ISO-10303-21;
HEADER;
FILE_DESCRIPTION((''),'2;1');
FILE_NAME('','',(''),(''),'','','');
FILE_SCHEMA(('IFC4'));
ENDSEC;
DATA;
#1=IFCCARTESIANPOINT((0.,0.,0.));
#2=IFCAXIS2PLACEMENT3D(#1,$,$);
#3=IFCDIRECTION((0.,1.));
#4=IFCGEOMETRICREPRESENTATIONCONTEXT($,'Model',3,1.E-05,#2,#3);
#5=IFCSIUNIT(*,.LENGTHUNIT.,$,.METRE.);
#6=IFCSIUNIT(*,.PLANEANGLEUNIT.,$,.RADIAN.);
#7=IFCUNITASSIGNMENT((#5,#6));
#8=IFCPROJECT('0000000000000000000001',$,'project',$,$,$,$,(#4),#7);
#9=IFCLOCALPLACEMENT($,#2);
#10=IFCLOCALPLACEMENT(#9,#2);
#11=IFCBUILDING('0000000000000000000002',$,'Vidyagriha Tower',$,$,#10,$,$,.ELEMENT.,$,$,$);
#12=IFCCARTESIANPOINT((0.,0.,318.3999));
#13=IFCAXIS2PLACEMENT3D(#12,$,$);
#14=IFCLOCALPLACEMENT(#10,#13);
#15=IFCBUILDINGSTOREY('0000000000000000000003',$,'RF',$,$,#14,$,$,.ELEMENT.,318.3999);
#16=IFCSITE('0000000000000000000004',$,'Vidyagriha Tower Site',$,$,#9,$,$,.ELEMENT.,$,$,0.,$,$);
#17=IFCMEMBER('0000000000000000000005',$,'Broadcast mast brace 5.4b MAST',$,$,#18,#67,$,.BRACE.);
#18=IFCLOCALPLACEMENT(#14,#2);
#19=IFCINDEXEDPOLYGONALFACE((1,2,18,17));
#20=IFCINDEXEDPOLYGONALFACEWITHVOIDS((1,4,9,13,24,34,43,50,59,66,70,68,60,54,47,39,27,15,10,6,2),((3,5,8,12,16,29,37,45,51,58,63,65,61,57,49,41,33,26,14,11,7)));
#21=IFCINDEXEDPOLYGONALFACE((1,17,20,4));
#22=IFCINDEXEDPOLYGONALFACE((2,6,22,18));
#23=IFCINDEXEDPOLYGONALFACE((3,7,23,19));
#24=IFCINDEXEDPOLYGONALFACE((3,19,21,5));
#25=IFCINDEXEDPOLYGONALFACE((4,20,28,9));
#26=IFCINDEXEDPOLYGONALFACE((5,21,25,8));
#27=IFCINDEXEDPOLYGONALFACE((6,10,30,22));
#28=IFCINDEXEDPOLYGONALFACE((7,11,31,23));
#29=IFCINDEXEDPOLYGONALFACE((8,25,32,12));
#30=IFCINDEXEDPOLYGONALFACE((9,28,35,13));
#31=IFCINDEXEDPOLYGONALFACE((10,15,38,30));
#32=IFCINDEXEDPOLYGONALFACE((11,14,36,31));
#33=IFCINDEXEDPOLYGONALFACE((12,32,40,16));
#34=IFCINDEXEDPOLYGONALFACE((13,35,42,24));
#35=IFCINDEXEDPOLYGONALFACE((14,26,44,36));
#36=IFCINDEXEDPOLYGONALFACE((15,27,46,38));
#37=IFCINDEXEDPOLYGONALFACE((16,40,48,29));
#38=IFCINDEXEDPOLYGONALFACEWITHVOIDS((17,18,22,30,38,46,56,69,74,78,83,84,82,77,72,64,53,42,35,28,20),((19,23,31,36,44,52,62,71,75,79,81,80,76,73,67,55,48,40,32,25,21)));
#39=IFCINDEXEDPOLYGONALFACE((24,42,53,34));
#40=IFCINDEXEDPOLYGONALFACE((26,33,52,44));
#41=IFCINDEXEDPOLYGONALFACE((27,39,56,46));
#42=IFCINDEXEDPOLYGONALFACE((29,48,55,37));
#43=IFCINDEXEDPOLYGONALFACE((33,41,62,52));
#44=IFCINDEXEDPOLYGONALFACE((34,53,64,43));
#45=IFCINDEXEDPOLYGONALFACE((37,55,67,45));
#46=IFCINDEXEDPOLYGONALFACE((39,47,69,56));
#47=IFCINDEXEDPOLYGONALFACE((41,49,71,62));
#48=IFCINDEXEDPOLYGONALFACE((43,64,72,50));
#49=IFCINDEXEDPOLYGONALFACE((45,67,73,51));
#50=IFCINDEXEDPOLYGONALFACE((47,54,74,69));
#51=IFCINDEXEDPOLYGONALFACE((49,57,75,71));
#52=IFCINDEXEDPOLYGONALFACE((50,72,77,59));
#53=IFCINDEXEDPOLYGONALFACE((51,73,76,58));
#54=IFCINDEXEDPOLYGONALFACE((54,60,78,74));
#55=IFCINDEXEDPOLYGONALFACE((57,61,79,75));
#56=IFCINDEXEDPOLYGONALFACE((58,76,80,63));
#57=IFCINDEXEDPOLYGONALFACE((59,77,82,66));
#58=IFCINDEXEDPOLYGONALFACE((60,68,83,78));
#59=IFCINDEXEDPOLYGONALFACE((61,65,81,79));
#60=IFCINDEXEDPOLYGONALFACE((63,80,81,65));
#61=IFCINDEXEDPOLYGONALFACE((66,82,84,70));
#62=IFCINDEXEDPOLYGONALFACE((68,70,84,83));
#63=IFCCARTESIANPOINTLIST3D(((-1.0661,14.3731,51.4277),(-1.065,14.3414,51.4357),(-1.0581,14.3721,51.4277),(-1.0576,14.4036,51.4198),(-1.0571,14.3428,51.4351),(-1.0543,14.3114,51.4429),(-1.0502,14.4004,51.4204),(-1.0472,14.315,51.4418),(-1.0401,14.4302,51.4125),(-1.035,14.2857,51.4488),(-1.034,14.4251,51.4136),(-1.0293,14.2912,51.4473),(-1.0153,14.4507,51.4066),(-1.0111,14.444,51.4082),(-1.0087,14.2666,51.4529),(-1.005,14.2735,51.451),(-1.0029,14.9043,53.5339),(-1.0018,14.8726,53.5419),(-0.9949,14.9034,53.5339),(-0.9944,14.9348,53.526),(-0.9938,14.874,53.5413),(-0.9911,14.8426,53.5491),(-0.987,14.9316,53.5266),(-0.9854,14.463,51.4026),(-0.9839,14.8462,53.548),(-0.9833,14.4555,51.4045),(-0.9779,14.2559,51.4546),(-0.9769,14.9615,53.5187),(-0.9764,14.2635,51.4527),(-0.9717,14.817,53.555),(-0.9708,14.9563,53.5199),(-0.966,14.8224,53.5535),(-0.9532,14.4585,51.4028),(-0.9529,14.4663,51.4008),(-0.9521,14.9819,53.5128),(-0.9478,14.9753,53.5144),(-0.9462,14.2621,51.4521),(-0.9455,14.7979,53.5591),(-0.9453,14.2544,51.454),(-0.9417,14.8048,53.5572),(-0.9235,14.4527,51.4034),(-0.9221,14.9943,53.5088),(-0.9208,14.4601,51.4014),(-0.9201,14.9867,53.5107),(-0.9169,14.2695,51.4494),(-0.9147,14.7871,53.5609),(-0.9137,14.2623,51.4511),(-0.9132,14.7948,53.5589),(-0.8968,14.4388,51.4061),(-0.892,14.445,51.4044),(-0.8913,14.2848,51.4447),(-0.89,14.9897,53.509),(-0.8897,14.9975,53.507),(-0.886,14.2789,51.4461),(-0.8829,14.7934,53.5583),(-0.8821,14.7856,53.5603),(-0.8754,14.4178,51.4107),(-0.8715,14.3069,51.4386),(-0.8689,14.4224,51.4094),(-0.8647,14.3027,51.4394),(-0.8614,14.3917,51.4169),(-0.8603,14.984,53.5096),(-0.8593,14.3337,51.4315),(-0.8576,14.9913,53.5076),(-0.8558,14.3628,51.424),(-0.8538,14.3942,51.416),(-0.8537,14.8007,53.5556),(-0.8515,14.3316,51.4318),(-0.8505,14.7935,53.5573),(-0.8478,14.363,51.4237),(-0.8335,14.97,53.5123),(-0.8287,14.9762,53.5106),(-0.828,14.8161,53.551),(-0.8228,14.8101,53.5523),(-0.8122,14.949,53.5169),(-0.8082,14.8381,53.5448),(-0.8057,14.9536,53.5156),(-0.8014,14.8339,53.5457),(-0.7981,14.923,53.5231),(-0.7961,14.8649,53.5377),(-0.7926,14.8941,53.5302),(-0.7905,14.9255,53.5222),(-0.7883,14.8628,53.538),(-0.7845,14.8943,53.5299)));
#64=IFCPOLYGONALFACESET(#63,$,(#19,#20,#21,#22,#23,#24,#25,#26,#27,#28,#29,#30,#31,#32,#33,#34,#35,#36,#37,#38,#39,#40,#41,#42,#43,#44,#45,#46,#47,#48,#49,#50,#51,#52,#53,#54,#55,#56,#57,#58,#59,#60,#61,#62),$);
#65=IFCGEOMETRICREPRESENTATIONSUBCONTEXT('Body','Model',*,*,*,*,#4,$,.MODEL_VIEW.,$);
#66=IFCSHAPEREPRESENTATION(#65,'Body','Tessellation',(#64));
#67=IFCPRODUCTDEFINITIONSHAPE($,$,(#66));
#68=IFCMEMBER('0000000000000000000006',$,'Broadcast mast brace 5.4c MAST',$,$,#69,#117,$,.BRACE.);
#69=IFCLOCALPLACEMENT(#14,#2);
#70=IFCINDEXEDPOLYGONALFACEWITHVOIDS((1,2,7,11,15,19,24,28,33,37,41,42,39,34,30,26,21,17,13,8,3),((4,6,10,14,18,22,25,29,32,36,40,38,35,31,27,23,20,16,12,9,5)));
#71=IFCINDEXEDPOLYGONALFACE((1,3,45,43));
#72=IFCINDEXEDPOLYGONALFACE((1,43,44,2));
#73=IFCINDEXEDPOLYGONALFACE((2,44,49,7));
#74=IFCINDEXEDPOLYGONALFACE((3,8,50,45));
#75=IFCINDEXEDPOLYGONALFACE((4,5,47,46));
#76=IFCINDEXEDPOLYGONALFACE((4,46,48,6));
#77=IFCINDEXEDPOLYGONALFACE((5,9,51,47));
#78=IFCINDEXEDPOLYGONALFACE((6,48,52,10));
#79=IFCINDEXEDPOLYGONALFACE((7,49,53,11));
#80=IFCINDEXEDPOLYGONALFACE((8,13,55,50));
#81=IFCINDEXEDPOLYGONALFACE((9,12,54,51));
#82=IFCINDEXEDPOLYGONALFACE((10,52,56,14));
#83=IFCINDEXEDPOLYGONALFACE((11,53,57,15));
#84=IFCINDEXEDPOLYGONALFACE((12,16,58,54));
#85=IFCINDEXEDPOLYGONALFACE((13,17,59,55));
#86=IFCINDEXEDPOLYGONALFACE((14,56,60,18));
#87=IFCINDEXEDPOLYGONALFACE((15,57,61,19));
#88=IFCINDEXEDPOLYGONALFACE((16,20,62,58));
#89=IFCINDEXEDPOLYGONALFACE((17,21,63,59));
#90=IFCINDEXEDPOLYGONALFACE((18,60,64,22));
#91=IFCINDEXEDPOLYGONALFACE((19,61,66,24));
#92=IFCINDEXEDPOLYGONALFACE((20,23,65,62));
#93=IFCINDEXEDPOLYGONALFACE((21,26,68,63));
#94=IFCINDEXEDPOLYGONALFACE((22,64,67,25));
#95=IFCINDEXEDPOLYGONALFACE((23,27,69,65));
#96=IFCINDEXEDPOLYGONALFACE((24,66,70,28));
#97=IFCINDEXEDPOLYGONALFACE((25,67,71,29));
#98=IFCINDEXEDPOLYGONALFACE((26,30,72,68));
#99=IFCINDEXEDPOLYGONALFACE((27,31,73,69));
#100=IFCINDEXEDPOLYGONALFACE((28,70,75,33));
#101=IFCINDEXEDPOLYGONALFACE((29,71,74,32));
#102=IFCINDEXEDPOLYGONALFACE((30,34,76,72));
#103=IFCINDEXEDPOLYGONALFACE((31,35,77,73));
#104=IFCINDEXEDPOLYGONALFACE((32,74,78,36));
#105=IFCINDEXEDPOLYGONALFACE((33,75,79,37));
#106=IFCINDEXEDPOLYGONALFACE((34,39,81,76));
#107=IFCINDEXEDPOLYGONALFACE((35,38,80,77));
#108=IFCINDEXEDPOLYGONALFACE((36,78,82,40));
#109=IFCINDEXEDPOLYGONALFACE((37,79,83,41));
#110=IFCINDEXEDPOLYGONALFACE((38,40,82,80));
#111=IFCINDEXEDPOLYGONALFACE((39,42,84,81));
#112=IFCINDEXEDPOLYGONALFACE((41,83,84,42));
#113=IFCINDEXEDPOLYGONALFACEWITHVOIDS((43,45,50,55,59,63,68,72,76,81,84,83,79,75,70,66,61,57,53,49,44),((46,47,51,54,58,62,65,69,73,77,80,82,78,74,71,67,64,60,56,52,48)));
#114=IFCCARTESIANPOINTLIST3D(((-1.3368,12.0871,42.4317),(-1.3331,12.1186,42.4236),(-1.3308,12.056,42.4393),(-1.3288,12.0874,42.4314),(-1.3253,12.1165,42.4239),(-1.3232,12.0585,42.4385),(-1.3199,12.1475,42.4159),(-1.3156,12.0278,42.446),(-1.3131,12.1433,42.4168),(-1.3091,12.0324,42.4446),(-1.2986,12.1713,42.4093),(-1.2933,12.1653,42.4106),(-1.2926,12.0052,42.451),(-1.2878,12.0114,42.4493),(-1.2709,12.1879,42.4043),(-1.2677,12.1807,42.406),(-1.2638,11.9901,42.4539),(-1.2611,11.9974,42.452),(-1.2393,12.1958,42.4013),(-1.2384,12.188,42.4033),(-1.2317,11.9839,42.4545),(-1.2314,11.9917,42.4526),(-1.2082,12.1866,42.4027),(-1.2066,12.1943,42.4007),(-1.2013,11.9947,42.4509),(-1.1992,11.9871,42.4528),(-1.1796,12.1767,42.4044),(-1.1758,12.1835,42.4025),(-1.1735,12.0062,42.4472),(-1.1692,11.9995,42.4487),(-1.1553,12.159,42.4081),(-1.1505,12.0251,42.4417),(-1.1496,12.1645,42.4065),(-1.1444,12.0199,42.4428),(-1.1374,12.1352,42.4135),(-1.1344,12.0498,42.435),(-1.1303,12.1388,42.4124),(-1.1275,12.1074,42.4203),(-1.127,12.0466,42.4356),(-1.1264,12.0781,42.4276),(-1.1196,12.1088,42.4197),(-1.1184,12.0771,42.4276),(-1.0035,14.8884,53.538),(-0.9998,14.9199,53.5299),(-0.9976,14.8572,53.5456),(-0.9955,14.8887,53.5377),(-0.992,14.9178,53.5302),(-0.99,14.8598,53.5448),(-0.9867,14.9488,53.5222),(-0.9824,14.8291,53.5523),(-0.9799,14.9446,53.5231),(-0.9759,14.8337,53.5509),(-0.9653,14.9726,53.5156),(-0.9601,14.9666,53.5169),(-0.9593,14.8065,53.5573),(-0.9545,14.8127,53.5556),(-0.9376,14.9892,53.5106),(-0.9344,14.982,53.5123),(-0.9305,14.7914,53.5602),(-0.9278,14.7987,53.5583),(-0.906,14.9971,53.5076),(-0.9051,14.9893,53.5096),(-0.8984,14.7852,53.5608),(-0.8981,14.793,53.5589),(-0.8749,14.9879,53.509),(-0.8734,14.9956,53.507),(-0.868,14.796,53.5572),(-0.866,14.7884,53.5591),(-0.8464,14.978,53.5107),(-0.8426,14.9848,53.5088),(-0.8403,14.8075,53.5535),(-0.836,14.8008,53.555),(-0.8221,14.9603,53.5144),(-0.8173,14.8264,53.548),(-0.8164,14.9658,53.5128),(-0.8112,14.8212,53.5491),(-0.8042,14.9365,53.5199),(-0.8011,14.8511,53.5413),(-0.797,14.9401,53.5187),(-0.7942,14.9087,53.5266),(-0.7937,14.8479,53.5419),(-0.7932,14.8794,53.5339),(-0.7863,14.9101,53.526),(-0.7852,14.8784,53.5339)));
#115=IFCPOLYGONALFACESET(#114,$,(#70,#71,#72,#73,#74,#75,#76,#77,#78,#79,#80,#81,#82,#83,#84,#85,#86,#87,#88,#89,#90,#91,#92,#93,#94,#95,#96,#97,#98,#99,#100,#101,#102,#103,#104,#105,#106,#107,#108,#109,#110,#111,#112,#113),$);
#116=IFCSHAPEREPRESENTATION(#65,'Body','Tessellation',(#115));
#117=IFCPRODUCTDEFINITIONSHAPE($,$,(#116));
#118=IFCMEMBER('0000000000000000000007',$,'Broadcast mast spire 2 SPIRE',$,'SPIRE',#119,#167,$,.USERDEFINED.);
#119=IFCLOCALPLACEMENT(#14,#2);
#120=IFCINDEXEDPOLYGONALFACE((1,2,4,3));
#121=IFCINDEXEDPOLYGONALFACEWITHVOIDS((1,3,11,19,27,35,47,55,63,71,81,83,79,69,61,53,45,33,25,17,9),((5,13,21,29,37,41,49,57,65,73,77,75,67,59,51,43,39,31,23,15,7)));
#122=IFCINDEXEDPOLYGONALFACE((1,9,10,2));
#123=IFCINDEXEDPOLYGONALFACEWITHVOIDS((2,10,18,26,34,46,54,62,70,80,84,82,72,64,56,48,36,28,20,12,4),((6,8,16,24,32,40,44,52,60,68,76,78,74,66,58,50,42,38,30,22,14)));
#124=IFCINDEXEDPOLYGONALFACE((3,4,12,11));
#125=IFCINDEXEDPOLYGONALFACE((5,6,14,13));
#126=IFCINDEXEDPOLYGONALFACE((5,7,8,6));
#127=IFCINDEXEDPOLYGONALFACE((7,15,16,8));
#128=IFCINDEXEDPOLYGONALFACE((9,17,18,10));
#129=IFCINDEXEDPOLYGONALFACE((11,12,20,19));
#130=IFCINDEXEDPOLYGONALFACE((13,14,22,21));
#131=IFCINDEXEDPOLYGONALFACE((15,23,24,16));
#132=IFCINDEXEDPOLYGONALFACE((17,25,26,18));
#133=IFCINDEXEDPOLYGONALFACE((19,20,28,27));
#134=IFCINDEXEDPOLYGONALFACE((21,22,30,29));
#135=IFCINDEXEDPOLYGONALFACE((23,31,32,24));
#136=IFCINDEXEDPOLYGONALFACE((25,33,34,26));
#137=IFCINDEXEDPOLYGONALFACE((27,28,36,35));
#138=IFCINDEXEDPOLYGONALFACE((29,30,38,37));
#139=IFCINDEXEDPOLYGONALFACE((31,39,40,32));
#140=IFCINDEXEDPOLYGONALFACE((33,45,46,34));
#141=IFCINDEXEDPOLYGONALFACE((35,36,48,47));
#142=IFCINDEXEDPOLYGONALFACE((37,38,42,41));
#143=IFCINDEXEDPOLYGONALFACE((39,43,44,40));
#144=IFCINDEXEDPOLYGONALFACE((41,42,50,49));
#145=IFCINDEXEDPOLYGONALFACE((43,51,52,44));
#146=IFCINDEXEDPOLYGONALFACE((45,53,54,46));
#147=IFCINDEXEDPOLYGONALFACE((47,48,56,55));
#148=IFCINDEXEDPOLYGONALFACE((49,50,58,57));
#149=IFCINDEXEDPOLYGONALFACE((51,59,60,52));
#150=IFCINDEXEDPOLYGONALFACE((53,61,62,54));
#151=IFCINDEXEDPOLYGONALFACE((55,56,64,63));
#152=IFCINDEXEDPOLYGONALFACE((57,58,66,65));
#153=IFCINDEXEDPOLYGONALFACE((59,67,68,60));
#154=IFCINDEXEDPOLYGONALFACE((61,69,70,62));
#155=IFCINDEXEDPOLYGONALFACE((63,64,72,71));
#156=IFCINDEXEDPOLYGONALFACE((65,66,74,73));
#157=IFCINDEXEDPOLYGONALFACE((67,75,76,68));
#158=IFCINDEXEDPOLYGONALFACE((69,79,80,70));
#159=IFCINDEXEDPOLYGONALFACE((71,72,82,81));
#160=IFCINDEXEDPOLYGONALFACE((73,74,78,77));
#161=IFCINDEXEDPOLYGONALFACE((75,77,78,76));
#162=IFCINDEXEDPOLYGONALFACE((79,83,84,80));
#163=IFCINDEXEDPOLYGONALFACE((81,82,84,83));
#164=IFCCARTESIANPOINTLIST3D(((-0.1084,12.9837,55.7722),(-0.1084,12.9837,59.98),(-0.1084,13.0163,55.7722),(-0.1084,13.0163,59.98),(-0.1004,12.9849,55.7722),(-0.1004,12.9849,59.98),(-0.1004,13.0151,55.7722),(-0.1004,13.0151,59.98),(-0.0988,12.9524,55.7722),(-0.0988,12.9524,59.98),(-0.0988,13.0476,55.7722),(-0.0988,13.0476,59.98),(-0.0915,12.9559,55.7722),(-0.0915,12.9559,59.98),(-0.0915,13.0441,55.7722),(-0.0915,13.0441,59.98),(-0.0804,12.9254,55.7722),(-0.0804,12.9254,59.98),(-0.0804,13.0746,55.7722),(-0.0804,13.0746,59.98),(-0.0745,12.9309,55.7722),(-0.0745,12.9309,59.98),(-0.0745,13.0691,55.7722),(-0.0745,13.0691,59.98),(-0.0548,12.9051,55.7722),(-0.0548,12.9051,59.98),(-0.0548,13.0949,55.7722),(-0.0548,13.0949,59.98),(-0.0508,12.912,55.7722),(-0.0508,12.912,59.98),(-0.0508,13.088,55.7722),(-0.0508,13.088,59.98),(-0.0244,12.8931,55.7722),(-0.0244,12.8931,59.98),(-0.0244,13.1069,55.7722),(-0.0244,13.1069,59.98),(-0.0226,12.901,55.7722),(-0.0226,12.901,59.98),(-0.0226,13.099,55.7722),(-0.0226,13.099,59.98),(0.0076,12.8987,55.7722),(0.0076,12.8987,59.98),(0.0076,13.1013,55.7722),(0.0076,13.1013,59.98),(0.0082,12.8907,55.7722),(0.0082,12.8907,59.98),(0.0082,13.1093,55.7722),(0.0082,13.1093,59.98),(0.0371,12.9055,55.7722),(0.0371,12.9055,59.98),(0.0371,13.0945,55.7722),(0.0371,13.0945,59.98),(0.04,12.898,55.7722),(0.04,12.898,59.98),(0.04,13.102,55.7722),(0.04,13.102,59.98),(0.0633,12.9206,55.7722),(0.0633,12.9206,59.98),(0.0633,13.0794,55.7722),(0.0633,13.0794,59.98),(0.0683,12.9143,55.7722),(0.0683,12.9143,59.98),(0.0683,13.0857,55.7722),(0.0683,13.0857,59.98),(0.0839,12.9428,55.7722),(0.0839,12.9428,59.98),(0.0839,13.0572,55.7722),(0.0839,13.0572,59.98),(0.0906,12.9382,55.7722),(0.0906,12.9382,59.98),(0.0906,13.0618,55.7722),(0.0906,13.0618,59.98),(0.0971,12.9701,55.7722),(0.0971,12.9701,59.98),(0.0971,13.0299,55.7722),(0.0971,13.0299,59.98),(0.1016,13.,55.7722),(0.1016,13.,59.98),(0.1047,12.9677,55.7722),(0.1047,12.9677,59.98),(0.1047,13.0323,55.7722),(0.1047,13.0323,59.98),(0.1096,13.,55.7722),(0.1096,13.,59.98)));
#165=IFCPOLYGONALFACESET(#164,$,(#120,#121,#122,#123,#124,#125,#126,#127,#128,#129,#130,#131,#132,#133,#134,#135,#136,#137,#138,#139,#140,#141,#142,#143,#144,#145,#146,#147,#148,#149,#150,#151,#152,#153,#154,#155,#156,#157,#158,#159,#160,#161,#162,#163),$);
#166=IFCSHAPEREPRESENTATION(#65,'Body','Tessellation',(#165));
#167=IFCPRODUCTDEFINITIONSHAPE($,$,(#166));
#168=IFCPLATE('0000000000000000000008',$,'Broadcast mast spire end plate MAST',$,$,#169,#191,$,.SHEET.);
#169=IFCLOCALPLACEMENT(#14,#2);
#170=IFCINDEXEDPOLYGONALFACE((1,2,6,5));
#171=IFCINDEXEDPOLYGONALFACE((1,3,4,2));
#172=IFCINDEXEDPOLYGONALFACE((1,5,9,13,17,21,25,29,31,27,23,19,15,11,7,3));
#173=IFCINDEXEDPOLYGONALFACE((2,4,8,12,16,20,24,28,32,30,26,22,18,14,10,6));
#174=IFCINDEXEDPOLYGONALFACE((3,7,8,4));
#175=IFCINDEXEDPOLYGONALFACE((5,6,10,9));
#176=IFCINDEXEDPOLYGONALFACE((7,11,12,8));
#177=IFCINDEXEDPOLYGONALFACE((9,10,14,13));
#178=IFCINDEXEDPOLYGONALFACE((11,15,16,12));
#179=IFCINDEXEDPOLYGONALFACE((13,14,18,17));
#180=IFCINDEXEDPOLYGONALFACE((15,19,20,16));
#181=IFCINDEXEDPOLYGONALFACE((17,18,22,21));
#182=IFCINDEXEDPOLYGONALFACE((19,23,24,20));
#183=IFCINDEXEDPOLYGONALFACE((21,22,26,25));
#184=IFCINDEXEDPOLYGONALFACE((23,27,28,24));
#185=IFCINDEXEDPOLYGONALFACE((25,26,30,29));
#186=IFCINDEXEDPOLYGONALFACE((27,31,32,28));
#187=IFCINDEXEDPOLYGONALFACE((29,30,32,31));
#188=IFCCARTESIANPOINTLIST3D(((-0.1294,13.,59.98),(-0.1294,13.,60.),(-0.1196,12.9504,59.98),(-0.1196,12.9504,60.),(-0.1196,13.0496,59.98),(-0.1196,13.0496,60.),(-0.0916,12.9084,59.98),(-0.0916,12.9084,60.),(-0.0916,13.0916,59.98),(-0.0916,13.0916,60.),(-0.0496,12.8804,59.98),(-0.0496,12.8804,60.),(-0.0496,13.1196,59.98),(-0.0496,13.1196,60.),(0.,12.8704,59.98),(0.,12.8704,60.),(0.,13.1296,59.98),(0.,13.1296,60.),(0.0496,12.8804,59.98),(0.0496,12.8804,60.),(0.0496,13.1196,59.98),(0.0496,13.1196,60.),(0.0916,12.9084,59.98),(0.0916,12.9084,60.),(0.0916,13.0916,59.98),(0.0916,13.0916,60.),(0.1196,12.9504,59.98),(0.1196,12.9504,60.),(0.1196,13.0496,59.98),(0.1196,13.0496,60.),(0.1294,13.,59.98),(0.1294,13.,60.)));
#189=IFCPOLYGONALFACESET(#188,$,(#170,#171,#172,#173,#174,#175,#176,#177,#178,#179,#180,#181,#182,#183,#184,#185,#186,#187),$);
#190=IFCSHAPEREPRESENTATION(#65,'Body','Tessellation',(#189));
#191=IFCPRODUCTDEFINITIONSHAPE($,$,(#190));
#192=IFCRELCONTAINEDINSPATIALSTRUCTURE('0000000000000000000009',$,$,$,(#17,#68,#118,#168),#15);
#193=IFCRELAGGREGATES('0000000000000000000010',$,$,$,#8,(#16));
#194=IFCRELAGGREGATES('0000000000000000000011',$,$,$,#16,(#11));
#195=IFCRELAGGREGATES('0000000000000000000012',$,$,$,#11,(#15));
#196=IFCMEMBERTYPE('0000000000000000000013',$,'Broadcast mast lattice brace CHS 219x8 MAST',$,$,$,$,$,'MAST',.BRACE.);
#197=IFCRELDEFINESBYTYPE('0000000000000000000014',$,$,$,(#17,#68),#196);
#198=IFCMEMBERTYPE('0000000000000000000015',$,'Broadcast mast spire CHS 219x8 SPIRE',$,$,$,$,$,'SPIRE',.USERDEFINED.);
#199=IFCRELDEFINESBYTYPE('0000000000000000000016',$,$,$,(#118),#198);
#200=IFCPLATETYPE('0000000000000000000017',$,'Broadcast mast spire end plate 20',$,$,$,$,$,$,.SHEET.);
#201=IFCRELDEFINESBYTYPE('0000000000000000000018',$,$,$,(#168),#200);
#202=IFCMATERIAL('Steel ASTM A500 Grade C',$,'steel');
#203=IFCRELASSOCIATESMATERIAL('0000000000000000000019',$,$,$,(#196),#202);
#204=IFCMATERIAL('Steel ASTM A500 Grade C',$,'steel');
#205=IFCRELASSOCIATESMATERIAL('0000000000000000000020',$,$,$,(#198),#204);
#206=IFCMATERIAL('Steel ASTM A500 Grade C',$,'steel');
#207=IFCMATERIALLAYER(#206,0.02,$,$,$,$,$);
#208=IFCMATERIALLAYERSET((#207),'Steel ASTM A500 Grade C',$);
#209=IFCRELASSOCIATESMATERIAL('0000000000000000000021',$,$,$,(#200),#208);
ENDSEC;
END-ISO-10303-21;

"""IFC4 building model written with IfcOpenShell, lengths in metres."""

from ifc_helpers import new_model, si_unit, direction, frame, origin, origin_2d, place, context, subcontext, project, spatial, polyline, hollow_circle, outline, extrude, material, layer, layer_set, material_profile, profile_set, type_object, element, save


model = new_model("IFC4")

# Units and contexts
model_context = context("Model", 3, precision=1e-05, world=origin(), true_north=direction((0.0, 1.0)))
body_context = subcontext(model_context, "Body", "Model", "MODEL_VIEW")
ifc_project = project(units=[si_unit("LENGTHUNIT", "METRE"), si_unit("PLANEANGLEUNIT", "RADIAN")], contexts=[model_context])

# Site, building, storey
site_placement = place(None, origin())
site = spatial("IfcSite", under=ifc_project, at=site_placement, Name="Vidyagriha Tower Site", CompositionType="ELEMENT", RefElevation=0.0)
building_placement = place(site_placement, origin())
building = spatial("IfcBuilding", under=site, at=building_placement, Name="Vidyagriha Tower", CompositionType="ELEMENT")
storey_placement = place(building_placement, frame((0.0, 0.0, 318.3999)))
storey = spatial("IfcBuildingStorey", under=building, at=storey_placement, Name="RF", CompositionType="ELEMENT", Elevation=318.3999)

# Members
ifc_material_1 = material(Name="Steel ASTM A500 Grade C", Category="steel")
ifc_material_profile_1 = material_profile(ifc_material_1, hollow_circle(Radius=0.1096, WallThickness=0.0081, at=origin_2d()), Name="Broadcast mast lattice brace CHS 219x8 MAST")
ifc_profile_set_1 = profile_set([ifc_material_profile_1], Name="Steel ASTM A500 Grade C")
member_type_1 = type_object("IfcMemberType", Name="Broadcast mast lattice brace CHS 219x8 MAST", ElementType="MAST", PredefinedType="BRACE", material=ifc_profile_set_1)
member_1_placement = place(storey_placement, frame((-0.9573, 14.3601, 51.4277), z_axis=(0.029098, 0.244468, 0.969221), x_axis=(-0.992991, 0.118191, 0.0)))
element("IfcMember", 1, at=member_1_placement, inside=storey, type_object=member_type_1, Name="Broadcast mast brace 5.4b MAST", PredefinedType="BRACE", context=body_context, shape_type="SweptSolid", body=[
    extrude(hollow_circle(Radius=0.1096, WallThickness=0.0081, at=origin_2d()), origin(), (0.0, 0.0, 1.0), 2.1731),
])
member_2_placement = place(storey_placement, frame((-0.894, 14.8914, 53.5339), z_axis=(-0.029082, -0.244463, -0.969222), x_axis=(0.992998, -0.118132, 0.0)))
element("IfcMember", 2, at=member_2_placement, inside=storey, type_object=member_type_1, Name="Broadcast mast brace 5.4c MAST", PredefinedType="BRACE", context=body_context, shape_type="SweptSolid", body=[
    extrude(hollow_circle(Radius=0.1096, WallThickness=0.0081, at=origin_2d()), origin(), (0.0, 0.0, 1.0), 11.459),
])
ifc_material_2 = material(Name="Steel ASTM A500 Grade C", Category="steel")
ifc_material_profile_2 = material_profile(ifc_material_2, hollow_circle(Radius=0.1096, WallThickness=0.0081, at=origin_2d()), Name="Broadcast mast spire CHS 219x8 SPIRE")
ifc_profile_set_2 = profile_set([ifc_material_profile_2], Name="Steel ASTM A500 Grade C")
member_type_2 = type_object("IfcMemberType", Name="Broadcast mast spire CHS 219x8 SPIRE", ElementType="SPIRE", PredefinedType="USERDEFINED", material=ifc_profile_set_2)
member_3_placement = place(storey_placement, frame((0.0, 13.0, 55.7722)))
element("IfcMember", 3, at=member_3_placement, inside=storey, type_object=member_type_2, Name="Broadcast mast spire 2 SPIRE", ObjectType="SPIRE", PredefinedType="USERDEFINED", context=body_context, shape_type="SweptSolid", body=[
    extrude(hollow_circle(Radius=0.1096, WallThickness=0.0081, at=origin_2d()), origin(), (0.0, 0.0, 1.0), 4.2078),
])

# Plate
ifc_material_3 = material(Name="Steel ASTM A500 Grade C", Category="steel")
ifc_layer = layer(ifc_material_3, 0.02)
ifc_layer_set = layer_set([ifc_layer], Name="Steel ASTM A500 Grade C")
plate_type = type_object("IfcPlateType", Name="Broadcast mast spire end plate 20", PredefinedType="SHEET", material=ifc_layer_set)
plate_placement = place(storey_placement, frame((0.0, 0.0, 59.98)))
element("IfcPlate", 4, at=plate_placement, inside=storey, type_object=plate_type, Name="Broadcast mast spire end plate MAST", PredefinedType="SHEET", context=body_context, shape_type="SweptSolid", body=[
    extrude(outline(polyline([(0.1294, 13.0), (0.1196, 13.0496), (0.0916, 13.0916), (0.0496, 13.1196), (0.0, 13.1296), (-0.0496, 13.1196), (-0.0916, 13.0916), (-0.1196, 13.0496), (-0.1294, 13.0), (-0.1196, 12.9504), (-0.0916, 12.9084), (-0.0496, 12.8804), (0.0, 12.8704), (0.0496, 12.8804), (0.0916, 12.9084), (0.1196, 12.9504), (0.1294, 13.0)])), origin(), (0.0, 0.0, 1.0), 0.02),
])

save(model, "model.ifc")
